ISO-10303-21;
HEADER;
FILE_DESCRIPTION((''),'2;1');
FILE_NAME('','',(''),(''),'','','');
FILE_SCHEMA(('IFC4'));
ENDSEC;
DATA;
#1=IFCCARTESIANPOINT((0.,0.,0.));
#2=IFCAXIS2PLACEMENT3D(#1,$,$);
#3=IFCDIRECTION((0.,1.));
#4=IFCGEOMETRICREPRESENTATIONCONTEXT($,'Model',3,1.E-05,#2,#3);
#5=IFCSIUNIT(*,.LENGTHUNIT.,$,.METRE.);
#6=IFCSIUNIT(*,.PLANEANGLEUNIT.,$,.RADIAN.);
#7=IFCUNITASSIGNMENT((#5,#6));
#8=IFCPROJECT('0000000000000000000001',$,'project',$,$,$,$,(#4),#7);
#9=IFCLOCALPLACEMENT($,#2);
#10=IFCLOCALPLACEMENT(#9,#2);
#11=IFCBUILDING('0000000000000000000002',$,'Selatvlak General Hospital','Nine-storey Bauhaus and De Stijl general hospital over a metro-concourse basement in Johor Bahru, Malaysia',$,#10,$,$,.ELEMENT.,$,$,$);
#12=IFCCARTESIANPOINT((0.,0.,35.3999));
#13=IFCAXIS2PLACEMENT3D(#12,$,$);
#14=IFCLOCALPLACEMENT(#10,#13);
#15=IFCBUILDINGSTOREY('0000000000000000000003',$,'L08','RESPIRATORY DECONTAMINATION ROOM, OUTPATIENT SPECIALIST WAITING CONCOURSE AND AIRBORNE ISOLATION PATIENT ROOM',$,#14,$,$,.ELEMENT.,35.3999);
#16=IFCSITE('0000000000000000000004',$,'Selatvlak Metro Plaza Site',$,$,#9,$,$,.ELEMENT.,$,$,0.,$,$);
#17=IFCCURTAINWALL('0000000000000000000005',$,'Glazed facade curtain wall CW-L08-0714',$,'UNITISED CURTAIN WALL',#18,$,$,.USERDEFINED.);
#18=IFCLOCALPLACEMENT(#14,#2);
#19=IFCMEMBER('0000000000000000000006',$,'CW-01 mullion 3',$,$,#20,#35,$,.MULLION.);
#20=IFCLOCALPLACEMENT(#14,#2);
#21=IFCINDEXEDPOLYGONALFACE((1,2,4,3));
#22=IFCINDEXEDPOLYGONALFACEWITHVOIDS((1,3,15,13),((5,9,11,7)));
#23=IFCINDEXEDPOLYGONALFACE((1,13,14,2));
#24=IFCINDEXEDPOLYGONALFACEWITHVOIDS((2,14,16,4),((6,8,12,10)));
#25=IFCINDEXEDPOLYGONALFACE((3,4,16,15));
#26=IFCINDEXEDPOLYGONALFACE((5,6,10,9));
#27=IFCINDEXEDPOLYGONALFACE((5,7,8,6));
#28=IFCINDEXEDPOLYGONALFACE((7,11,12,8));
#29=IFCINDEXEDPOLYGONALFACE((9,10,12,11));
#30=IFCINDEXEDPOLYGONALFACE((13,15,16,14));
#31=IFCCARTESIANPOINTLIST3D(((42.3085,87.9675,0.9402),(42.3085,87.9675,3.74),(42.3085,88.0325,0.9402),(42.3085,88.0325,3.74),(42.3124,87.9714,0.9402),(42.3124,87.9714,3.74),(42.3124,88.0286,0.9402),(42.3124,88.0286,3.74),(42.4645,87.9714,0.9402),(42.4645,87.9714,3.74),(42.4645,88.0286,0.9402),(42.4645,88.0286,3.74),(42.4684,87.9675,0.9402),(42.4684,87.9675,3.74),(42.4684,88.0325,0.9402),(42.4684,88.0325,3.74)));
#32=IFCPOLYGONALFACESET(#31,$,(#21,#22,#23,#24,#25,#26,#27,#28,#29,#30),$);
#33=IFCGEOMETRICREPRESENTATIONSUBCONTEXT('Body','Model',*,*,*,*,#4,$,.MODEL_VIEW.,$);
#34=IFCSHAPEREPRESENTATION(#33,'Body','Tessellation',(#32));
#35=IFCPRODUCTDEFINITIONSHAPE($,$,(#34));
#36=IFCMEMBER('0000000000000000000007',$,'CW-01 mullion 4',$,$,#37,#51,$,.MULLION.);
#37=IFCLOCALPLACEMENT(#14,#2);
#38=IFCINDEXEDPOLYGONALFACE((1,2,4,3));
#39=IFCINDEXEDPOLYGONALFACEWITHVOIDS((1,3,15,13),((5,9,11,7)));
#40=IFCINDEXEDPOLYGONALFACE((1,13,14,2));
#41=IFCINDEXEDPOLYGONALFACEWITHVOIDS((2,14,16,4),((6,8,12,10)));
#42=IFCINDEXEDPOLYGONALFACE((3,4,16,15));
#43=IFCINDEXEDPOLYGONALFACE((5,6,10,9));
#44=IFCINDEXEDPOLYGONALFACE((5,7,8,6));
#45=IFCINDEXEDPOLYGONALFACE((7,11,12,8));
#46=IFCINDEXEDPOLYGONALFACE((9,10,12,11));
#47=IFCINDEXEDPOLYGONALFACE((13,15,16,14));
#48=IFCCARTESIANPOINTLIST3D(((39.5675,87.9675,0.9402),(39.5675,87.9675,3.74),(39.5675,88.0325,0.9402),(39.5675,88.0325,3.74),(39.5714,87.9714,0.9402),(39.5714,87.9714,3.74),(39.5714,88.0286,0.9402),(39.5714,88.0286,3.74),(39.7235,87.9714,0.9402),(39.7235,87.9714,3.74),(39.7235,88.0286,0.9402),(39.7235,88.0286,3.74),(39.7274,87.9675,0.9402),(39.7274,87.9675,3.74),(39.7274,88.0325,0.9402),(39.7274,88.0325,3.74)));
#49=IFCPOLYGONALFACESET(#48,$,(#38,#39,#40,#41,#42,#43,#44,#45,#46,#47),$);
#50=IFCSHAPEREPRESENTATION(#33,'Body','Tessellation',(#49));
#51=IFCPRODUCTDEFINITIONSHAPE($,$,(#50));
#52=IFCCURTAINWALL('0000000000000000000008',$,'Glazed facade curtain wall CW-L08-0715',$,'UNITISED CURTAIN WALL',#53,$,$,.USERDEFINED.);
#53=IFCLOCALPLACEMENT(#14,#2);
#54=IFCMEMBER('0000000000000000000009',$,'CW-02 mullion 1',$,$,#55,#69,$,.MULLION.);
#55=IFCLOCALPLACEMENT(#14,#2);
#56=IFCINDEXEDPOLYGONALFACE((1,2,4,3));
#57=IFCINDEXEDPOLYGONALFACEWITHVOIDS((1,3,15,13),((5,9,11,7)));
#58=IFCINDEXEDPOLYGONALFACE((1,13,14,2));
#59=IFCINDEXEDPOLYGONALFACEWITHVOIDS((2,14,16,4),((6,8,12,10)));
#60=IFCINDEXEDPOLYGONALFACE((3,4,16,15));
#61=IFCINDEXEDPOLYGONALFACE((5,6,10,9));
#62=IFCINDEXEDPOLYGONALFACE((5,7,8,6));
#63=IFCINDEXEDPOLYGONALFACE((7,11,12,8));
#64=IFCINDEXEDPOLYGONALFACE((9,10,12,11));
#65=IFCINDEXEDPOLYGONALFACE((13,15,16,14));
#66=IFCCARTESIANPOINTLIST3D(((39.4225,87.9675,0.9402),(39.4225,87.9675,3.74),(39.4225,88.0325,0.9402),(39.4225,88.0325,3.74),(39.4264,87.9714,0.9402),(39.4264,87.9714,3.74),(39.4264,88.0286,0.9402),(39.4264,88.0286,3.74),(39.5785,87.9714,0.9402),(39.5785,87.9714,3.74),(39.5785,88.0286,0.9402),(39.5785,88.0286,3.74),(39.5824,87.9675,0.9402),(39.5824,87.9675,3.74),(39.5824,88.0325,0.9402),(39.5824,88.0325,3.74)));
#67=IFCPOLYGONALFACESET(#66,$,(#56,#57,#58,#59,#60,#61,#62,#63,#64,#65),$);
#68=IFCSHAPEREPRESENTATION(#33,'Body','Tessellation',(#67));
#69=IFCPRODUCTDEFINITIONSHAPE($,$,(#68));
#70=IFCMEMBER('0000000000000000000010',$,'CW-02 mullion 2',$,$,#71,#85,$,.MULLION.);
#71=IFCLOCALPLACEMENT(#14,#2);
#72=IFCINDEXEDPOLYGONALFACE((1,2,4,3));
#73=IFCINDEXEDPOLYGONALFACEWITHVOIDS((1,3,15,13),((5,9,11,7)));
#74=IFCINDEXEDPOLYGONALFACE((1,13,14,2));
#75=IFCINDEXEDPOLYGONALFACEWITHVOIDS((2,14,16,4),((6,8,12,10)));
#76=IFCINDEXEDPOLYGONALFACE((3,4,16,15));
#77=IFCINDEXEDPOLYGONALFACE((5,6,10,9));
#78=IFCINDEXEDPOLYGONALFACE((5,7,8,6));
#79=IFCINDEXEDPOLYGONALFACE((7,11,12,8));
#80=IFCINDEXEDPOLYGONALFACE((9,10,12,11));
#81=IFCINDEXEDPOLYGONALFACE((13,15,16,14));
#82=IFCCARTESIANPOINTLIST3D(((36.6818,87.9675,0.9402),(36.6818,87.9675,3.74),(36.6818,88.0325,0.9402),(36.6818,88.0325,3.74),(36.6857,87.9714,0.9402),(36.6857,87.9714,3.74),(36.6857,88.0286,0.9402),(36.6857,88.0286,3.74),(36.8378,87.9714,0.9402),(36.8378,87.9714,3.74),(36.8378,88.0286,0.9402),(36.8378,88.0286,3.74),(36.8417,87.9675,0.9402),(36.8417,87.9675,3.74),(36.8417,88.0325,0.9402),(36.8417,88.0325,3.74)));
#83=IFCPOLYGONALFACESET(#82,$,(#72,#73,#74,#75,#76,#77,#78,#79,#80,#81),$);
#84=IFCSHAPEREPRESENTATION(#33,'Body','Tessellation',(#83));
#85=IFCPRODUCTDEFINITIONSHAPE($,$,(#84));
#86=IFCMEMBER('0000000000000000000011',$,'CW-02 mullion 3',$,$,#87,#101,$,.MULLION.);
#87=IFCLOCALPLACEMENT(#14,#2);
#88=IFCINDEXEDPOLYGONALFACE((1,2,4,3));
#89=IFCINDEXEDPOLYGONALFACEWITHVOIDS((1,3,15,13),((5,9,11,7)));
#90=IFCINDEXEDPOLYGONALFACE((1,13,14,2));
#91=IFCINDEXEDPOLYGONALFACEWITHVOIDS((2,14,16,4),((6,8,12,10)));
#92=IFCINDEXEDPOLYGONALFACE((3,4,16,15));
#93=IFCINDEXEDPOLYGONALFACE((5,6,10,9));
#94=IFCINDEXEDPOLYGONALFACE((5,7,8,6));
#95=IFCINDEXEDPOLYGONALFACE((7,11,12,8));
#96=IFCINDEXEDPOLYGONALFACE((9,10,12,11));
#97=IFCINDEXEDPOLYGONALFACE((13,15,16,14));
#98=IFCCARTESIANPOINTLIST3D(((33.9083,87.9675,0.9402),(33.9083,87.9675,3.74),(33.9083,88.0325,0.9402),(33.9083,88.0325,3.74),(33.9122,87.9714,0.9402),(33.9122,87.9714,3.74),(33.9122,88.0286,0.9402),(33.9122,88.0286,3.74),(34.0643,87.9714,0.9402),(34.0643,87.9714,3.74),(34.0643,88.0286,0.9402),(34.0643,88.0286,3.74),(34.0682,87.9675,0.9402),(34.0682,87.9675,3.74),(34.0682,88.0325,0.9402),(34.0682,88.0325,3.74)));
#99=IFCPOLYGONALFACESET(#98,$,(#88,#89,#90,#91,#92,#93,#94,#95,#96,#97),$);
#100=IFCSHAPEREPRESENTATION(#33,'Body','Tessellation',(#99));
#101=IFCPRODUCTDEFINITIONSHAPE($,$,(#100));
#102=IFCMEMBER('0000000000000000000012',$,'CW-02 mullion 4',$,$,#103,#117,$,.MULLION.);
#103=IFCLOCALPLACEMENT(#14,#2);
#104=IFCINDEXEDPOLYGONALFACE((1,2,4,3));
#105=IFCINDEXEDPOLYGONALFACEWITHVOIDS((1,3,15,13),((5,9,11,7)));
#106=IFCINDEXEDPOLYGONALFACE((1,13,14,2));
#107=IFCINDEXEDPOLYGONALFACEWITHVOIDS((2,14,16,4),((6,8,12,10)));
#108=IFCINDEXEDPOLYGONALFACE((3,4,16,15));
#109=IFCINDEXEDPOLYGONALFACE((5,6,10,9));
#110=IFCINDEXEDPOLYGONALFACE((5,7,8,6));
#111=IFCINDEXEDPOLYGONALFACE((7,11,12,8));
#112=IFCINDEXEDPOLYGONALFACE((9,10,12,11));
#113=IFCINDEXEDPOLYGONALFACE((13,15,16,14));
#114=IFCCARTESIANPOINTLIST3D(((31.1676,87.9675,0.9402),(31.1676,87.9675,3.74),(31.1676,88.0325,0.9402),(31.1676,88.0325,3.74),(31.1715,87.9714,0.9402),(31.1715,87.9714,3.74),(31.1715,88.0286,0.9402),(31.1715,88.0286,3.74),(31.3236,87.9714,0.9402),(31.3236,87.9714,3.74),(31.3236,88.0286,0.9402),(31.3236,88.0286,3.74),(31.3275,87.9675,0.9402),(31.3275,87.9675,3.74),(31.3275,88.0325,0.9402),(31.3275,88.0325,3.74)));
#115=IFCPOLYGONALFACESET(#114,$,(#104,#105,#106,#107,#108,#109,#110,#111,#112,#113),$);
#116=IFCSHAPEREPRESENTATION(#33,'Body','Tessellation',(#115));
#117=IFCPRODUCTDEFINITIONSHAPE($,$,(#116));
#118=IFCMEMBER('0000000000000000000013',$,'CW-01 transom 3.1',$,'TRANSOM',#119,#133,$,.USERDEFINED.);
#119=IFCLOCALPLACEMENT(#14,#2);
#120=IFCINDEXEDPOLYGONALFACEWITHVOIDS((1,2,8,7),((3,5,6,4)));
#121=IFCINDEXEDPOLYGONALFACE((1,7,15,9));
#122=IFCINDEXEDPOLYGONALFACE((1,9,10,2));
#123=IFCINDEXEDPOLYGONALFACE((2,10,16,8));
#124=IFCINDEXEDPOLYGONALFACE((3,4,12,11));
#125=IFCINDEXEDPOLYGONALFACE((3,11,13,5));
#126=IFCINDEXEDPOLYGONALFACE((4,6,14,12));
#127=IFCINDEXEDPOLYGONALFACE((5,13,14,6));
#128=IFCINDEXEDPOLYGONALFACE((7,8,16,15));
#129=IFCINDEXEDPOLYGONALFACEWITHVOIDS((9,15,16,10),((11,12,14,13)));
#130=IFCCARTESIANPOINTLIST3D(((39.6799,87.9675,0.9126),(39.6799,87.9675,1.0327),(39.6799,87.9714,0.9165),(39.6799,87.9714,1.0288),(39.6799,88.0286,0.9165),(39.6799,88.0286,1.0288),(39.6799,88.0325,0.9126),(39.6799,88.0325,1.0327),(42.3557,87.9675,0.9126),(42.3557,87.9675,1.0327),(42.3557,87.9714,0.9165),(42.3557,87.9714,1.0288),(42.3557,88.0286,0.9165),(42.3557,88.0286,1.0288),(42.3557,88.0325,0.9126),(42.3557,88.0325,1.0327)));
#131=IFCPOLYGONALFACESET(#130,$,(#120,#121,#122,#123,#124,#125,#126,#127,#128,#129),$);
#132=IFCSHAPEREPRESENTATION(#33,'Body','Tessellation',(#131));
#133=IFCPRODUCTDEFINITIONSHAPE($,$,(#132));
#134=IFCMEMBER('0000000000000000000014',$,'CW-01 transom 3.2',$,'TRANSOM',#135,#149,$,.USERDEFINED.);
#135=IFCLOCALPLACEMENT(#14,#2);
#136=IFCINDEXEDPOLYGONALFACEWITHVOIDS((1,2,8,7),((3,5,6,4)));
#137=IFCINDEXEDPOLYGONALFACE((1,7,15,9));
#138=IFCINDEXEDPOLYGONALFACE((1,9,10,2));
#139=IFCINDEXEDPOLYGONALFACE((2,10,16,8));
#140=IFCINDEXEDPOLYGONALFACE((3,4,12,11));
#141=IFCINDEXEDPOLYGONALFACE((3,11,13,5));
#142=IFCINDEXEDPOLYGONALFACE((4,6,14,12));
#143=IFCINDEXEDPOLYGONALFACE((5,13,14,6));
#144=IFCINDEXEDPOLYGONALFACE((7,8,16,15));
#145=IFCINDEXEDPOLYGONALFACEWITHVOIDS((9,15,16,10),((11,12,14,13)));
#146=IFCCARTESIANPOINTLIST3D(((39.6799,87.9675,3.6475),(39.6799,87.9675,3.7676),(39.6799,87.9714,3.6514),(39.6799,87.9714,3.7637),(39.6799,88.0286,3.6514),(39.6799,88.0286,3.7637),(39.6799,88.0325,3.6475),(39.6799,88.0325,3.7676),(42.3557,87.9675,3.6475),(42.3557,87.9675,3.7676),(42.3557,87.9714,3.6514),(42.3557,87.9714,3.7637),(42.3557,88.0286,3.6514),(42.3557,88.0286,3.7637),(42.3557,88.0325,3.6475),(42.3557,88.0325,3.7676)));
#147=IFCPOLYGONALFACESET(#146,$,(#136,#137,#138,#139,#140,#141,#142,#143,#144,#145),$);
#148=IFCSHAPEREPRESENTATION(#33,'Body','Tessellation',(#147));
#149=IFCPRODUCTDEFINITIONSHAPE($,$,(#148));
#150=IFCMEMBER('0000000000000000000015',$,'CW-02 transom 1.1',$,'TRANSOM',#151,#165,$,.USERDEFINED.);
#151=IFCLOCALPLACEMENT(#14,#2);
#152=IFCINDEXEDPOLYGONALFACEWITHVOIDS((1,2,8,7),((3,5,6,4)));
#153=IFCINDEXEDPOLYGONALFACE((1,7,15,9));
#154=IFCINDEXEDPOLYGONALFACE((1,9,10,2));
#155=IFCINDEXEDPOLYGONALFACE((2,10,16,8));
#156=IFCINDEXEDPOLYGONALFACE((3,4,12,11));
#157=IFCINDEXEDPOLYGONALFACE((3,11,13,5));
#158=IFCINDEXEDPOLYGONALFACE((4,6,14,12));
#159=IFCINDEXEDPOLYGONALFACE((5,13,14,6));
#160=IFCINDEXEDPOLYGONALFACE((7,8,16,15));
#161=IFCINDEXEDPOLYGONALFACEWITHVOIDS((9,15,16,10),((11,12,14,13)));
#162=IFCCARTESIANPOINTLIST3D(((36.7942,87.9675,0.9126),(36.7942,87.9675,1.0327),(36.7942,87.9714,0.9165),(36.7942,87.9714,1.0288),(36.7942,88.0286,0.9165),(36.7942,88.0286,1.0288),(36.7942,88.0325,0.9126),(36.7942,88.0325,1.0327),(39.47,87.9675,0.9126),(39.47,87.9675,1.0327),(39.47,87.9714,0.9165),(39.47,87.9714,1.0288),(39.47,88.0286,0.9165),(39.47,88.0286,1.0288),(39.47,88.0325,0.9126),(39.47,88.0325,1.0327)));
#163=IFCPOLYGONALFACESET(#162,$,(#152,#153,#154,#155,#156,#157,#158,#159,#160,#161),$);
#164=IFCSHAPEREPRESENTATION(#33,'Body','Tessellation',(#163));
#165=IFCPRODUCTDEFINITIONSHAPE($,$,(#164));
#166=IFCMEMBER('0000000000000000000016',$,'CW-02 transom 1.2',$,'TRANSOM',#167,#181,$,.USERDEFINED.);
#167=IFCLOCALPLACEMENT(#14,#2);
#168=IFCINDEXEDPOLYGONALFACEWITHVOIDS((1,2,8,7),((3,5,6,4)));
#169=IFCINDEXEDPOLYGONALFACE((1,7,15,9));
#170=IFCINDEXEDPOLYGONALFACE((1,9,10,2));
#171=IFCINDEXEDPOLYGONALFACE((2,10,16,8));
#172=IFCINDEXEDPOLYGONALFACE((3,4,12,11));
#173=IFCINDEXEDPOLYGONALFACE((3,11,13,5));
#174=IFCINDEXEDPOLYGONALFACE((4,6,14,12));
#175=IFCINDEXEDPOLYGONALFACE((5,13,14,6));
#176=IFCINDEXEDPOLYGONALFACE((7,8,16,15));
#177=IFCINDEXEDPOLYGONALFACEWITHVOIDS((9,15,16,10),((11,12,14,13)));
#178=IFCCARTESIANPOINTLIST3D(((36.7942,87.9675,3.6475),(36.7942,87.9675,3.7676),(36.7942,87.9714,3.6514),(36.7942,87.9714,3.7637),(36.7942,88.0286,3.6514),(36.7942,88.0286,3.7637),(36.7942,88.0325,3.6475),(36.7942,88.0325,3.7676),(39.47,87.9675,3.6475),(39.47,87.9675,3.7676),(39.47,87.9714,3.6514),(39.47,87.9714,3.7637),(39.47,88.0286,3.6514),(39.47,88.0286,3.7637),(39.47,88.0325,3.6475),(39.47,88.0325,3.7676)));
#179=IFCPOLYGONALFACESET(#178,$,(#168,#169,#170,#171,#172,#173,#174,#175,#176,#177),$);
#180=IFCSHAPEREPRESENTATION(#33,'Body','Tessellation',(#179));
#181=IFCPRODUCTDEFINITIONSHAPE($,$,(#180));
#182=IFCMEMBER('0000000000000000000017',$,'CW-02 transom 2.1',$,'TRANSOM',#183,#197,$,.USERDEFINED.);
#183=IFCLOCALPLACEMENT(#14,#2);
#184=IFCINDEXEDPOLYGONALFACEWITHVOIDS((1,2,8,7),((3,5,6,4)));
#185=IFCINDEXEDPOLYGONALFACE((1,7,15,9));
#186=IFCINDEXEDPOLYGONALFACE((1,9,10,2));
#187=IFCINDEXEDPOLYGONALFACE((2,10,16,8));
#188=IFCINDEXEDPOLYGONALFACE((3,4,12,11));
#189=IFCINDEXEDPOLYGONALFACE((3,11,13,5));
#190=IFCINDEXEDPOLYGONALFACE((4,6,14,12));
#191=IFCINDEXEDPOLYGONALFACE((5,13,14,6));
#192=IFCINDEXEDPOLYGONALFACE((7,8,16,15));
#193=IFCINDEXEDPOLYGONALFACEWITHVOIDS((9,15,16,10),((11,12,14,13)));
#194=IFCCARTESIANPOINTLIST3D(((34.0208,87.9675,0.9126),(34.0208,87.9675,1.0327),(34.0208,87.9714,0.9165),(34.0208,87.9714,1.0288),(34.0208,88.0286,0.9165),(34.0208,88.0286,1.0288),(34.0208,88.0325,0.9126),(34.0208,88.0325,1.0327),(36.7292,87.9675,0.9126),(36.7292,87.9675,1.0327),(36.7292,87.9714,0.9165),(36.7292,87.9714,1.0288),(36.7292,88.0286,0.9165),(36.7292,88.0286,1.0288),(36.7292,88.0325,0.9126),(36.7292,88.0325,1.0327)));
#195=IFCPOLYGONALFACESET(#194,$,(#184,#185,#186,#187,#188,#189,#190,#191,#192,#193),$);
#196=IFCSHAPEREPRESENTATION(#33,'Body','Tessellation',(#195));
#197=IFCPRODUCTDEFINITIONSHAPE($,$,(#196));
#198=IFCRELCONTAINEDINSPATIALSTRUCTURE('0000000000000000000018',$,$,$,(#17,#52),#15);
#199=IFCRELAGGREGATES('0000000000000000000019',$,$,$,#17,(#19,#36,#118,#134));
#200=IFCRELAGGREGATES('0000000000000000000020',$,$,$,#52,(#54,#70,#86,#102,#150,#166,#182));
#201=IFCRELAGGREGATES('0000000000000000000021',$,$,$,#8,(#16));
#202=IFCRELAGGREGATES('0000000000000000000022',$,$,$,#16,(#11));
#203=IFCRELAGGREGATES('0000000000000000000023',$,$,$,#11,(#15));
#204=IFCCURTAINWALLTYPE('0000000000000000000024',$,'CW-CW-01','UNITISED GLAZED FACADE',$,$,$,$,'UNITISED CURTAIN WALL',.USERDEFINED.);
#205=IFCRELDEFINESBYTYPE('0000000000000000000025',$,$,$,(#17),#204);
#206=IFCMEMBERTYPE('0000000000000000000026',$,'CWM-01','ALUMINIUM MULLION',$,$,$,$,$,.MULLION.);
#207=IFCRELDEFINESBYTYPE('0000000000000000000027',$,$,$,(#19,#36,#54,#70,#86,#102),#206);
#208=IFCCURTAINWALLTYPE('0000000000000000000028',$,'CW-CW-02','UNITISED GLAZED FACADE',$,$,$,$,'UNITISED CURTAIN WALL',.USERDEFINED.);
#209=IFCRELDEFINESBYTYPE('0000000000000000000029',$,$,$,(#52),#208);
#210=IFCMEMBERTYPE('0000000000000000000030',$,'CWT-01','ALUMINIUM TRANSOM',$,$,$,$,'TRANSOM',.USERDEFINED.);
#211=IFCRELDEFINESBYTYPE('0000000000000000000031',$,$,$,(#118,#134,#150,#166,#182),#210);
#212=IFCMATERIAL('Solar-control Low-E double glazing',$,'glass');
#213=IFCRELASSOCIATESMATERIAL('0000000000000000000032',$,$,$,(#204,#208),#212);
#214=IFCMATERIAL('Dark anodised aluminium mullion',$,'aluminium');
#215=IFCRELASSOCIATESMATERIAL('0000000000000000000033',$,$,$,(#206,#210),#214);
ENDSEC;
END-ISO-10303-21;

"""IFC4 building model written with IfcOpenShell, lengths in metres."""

from ifc_helpers import new_model, si_unit, direction, frame, origin, origin_2d, place, context, subcontext, project, spatial, hollow_rectangle, extrude, material, material_profile, profile_set, type_object, element, aggregate, save


model = new_model("IFC4")

# Units and contexts
model_context = context("Model", 3, precision=1e-05, world=origin(), true_north=direction((0.0, 1.0)))
body_context = subcontext(model_context, "Body", "Model", "MODEL_VIEW")
ifc_project = project(units=[si_unit("LENGTHUNIT", "METRE"), si_unit("PLANEANGLEUNIT", "RADIAN")], contexts=[model_context])

# Site, building, storey
site_placement = place(None, origin())
site = spatial("IfcSite", under=ifc_project, at=site_placement, Name="Selatvlak Metro Plaza Site", CompositionType="ELEMENT", RefElevation=0.0)
building_placement = place(site_placement, origin())
building = spatial("IfcBuilding", under=site, at=building_placement, Name="Selatvlak General Hospital", Description="Nine-storey Bauhaus and De Stijl general hospital over a metro-concourse basement in Johor Bahru, Malaysia", CompositionType="ELEMENT")
storey_placement = place(building_placement, frame((0.0, 0.0, 35.3999)))
storey = spatial("IfcBuildingStorey", under=building, at=storey_placement, Name="L08", Description="RESPIRATORY DECONTAMINATION ROOM, OUTPATIENT SPECIALIST WAITING CONCOURSE AND AIRBORNE ISOLATION PATIENT ROOM", CompositionType="ELEMENT", Elevation=35.3999)

# Curtain walls, members
ifc_material_1 = material(Name="Solar-control Low-E double glazing", Category="glass")
curtain_wall_type_1 = type_object("IfcCurtainWallType", Name="CW-CW-01", Description="UNITISED GLAZED FACADE", ElementType="UNITISED CURTAIN WALL", PredefinedType="USERDEFINED", material=ifc_material_1)
curtain_wall_1_placement = place(storey_placement, origin())
curtain_wall_1 = element("IfcCurtainWall", 1, at=curtain_wall_1_placement, inside=storey, type_object=curtain_wall_type_1, Name="Glazed facade curtain wall CW-L08-0714", ObjectType="UNITISED CURTAIN WALL", PredefinedType="USERDEFINED")
ifc_material_2 = material(Name="Dark anodised aluminium mullion", Category="aluminium")
ifc_material_profile_1 = material_profile(ifc_material_2, hollow_rectangle(XDim=0.0649, YDim=0.1599, WallThickness=0.0039, at=origin_2d()), Name="AL-MUL 65x160x4")
ifc_profile_set_1 = profile_set([ifc_material_profile_1], Name="Dark anodised aluminium mullion")
member_type_1 = type_object("IfcMemberType", Name="CWM-01", Description="ALUMINIUM MULLION", PredefinedType="MULLION", material=ifc_profile_set_1)
member_1_placement = place(storey_placement, frame((42.3884, 88.0, 0.9402), z_axis=(0.0, 0.0, 1.0), x_axis=(0.0, -1.0, 0.0)))
member_1 = element("IfcMember", 2, at=member_1_placement, type_object=member_type_1, Name="CW-01 mullion 3", PredefinedType="MULLION", context=body_context, shape_type="SweptSolid", body=[
    extrude(hollow_rectangle(XDim=0.0649, YDim=0.1599, WallThickness=0.0039, at=origin_2d()), origin(), (0.0, 0.0, 1.0), 2.7998),
])
member_2_placement = place(storey_placement, frame((39.6475, 88.0, 0.9402), z_axis=(0.0, 0.0, 1.0), x_axis=(0.0, -1.0, 0.0)))
member_2 = element("IfcMember", 3, at=member_2_placement, type_object=member_type_1, Name="CW-01 mullion 4", PredefinedType="MULLION", context=body_context, shape_type="SweptSolid", body=[
    extrude(hollow_rectangle(XDim=0.0649, YDim=0.1599, WallThickness=0.0039, at=origin_2d()), origin(), (0.0, 0.0, 1.0), 2.7998),
])
curtain_wall_type_2 = type_object("IfcCurtainWallType", Name="CW-CW-02", Description="UNITISED GLAZED FACADE", ElementType="UNITISED CURTAIN WALL", PredefinedType="USERDEFINED", material=ifc_material_1)
curtain_wall_2_placement = place(storey_placement, origin())
curtain_wall_2 = element("IfcCurtainWall", 4, at=curtain_wall_2_placement, inside=storey, type_object=curtain_wall_type_2, Name="Glazed facade curtain wall CW-L08-0715", ObjectType="UNITISED CURTAIN WALL", PredefinedType="USERDEFINED")
member_3_placement = place(storey_placement, frame((39.5024, 88.0, 0.9402), z_axis=(0.0, 0.0, 1.0), x_axis=(0.0, -1.0, 0.0)))
member_3 = element("IfcMember", 5, at=member_3_placement, type_object=member_type_1, Name="CW-02 mullion 1", PredefinedType="MULLION", context=body_context, shape_type="SweptSolid", body=[
    extrude(hollow_rectangle(XDim=0.0649, YDim=0.1599, WallThickness=0.0039, at=origin_2d()), origin(), (0.0, 0.0, 1.0), 2.7998),
])
member_4_placement = place(storey_placement, frame((36.7617, 88.0, 0.9402), z_axis=(0.0, 0.0, 1.0), x_axis=(0.0, -1.0, 0.0)))
member_4 = element("IfcMember", 6, at=member_4_placement, type_object=member_type_1, Name="CW-02 mullion 2", PredefinedType="MULLION", context=body_context, shape_type="SweptSolid", body=[
    extrude(hollow_rectangle(XDim=0.0649, YDim=0.1599, WallThickness=0.0039, at=origin_2d()), origin(), (0.0, 0.0, 1.0), 2.7998),
])
member_5_placement = place(storey_placement, frame((33.9883, 88.0, 0.9402), z_axis=(0.0, 0.0, 1.0), x_axis=(0.0, -1.0, 0.0)))
member_5 = element("IfcMember", 7, at=member_5_placement, type_object=member_type_1, Name="CW-02 mullion 3", PredefinedType="MULLION", context=body_context, shape_type="SweptSolid", body=[
    extrude(hollow_rectangle(XDim=0.0649, YDim=0.1599, WallThickness=0.0039, at=origin_2d()), origin(), (0.0, 0.0, 1.0), 2.7998),
])
member_6_placement = place(storey_placement, frame((31.2476, 88.0, 0.9402), z_axis=(0.0, 0.0, 1.0), x_axis=(0.0, -1.0, 0.0)))
member_6 = element("IfcMember", 8, at=member_6_placement, type_object=member_type_1, Name="CW-02 mullion 4", PredefinedType="MULLION", context=body_context, shape_type="SweptSolid", body=[
    extrude(hollow_rectangle(XDim=0.0649, YDim=0.1599, WallThickness=0.0039, at=origin_2d()), origin(), (0.0, 0.0, 1.0), 2.7998),
])

# Members
ifc_material_profile_2 = material_profile(ifc_material_2, hollow_rectangle(XDim=0.0649, YDim=0.1201, WallThickness=0.0039, at=origin_2d()), Name="AL-TRN 65x120x4")
ifc_profile_set_2 = profile_set([ifc_material_profile_2], Name="Dark anodised aluminium mullion")
member_type_2 = type_object("IfcMemberType", Name="CWT-01", Description="ALUMINIUM TRANSOM", ElementType="TRANSOM", PredefinedType="USERDEFINED", material=ifc_profile_set_2)
member_7_placement = place(storey_placement, frame((42.3557, 88.0, 0.9727), z_axis=(-1.0, 0.0, 0.0), x_axis=(0.0, -1.0, 0.0)))
member_7 = element("IfcMember", 9, at=member_7_placement, type_object=member_type_2, Name="CW-01 transom 3.1", ObjectType="TRANSOM", PredefinedType="USERDEFINED", context=body_context, shape_type="SweptSolid", body=[
    extrude(hollow_rectangle(XDim=0.0649, YDim=0.1201, WallThickness=0.0039, at=origin_2d()), origin(), (0.0, 0.0, 1.0), 2.6758),
])
member_8_placement = place(storey_placement, frame((42.3557, 88.0, 3.7075), z_axis=(-1.0, 0.0, 0.0), x_axis=(0.0, -1.0, 0.0)))
member_8 = element("IfcMember", 10, at=member_8_placement, type_object=member_type_2, Name="CW-01 transom 3.2", ObjectType="TRANSOM", PredefinedType="USERDEFINED", context=body_context, shape_type="SweptSolid", body=[
    extrude(hollow_rectangle(XDim=0.0649, YDim=0.1201, WallThickness=0.0039, at=origin_2d()), origin(), (0.0, 0.0, 1.0), 2.6758),
])
member_9_placement = place(storey_placement, frame((39.47, 88.0, 0.9727), z_axis=(-1.0, 0.0, 0.0), x_axis=(0.0, -1.0, 0.0)))
member_9 = element("IfcMember", 11, at=member_9_placement, type_object=member_type_2, Name="CW-02 transom 1.1", ObjectType="TRANSOM", PredefinedType="USERDEFINED", context=body_context, shape_type="SweptSolid", body=[
    extrude(hollow_rectangle(XDim=0.0649, YDim=0.1201, WallThickness=0.0039, at=origin_2d()), origin(), (0.0, 0.0, 1.0), 2.6758),
])
member_10_placement = place(storey_placement, frame((39.47, 88.0, 3.7075), z_axis=(-1.0, 0.0, 0.0), x_axis=(0.0, -1.0, 0.0)))
member_10 = element("IfcMember", 12, at=member_10_placement, type_object=member_type_2, Name="CW-02 transom 1.2", ObjectType="TRANSOM", PredefinedType="USERDEFINED", context=body_context, shape_type="SweptSolid", body=[
    extrude(hollow_rectangle(XDim=0.0649, YDim=0.1201, WallThickness=0.0039, at=origin_2d()), origin(), (0.0, 0.0, 1.0), 2.6758),
])
member_11_placement = place(storey_placement, frame((36.7292, 88.0, 0.9727), z_axis=(-1.0, 0.0, 0.0), x_axis=(0.0, -1.0, 0.0)))
member_11 = element("IfcMember", 13, at=member_11_placement, type_object=member_type_2, Name="CW-02 transom 2.1", ObjectType="TRANSOM", PredefinedType="USERDEFINED", context=body_context, shape_type="SweptSolid", body=[
    extrude(hollow_rectangle(XDim=0.0649, YDim=0.1201, WallThickness=0.0039, at=origin_2d()), origin(), (0.0, 0.0, 1.0), 2.7085),
])

aggregate(curtain_wall_1, [member_1, member_2, member_7, member_8])
aggregate(curtain_wall_2, [member_3, member_4, member_5, member_6, member_9, member_10, member_11])

save(model, "model.ifc")
